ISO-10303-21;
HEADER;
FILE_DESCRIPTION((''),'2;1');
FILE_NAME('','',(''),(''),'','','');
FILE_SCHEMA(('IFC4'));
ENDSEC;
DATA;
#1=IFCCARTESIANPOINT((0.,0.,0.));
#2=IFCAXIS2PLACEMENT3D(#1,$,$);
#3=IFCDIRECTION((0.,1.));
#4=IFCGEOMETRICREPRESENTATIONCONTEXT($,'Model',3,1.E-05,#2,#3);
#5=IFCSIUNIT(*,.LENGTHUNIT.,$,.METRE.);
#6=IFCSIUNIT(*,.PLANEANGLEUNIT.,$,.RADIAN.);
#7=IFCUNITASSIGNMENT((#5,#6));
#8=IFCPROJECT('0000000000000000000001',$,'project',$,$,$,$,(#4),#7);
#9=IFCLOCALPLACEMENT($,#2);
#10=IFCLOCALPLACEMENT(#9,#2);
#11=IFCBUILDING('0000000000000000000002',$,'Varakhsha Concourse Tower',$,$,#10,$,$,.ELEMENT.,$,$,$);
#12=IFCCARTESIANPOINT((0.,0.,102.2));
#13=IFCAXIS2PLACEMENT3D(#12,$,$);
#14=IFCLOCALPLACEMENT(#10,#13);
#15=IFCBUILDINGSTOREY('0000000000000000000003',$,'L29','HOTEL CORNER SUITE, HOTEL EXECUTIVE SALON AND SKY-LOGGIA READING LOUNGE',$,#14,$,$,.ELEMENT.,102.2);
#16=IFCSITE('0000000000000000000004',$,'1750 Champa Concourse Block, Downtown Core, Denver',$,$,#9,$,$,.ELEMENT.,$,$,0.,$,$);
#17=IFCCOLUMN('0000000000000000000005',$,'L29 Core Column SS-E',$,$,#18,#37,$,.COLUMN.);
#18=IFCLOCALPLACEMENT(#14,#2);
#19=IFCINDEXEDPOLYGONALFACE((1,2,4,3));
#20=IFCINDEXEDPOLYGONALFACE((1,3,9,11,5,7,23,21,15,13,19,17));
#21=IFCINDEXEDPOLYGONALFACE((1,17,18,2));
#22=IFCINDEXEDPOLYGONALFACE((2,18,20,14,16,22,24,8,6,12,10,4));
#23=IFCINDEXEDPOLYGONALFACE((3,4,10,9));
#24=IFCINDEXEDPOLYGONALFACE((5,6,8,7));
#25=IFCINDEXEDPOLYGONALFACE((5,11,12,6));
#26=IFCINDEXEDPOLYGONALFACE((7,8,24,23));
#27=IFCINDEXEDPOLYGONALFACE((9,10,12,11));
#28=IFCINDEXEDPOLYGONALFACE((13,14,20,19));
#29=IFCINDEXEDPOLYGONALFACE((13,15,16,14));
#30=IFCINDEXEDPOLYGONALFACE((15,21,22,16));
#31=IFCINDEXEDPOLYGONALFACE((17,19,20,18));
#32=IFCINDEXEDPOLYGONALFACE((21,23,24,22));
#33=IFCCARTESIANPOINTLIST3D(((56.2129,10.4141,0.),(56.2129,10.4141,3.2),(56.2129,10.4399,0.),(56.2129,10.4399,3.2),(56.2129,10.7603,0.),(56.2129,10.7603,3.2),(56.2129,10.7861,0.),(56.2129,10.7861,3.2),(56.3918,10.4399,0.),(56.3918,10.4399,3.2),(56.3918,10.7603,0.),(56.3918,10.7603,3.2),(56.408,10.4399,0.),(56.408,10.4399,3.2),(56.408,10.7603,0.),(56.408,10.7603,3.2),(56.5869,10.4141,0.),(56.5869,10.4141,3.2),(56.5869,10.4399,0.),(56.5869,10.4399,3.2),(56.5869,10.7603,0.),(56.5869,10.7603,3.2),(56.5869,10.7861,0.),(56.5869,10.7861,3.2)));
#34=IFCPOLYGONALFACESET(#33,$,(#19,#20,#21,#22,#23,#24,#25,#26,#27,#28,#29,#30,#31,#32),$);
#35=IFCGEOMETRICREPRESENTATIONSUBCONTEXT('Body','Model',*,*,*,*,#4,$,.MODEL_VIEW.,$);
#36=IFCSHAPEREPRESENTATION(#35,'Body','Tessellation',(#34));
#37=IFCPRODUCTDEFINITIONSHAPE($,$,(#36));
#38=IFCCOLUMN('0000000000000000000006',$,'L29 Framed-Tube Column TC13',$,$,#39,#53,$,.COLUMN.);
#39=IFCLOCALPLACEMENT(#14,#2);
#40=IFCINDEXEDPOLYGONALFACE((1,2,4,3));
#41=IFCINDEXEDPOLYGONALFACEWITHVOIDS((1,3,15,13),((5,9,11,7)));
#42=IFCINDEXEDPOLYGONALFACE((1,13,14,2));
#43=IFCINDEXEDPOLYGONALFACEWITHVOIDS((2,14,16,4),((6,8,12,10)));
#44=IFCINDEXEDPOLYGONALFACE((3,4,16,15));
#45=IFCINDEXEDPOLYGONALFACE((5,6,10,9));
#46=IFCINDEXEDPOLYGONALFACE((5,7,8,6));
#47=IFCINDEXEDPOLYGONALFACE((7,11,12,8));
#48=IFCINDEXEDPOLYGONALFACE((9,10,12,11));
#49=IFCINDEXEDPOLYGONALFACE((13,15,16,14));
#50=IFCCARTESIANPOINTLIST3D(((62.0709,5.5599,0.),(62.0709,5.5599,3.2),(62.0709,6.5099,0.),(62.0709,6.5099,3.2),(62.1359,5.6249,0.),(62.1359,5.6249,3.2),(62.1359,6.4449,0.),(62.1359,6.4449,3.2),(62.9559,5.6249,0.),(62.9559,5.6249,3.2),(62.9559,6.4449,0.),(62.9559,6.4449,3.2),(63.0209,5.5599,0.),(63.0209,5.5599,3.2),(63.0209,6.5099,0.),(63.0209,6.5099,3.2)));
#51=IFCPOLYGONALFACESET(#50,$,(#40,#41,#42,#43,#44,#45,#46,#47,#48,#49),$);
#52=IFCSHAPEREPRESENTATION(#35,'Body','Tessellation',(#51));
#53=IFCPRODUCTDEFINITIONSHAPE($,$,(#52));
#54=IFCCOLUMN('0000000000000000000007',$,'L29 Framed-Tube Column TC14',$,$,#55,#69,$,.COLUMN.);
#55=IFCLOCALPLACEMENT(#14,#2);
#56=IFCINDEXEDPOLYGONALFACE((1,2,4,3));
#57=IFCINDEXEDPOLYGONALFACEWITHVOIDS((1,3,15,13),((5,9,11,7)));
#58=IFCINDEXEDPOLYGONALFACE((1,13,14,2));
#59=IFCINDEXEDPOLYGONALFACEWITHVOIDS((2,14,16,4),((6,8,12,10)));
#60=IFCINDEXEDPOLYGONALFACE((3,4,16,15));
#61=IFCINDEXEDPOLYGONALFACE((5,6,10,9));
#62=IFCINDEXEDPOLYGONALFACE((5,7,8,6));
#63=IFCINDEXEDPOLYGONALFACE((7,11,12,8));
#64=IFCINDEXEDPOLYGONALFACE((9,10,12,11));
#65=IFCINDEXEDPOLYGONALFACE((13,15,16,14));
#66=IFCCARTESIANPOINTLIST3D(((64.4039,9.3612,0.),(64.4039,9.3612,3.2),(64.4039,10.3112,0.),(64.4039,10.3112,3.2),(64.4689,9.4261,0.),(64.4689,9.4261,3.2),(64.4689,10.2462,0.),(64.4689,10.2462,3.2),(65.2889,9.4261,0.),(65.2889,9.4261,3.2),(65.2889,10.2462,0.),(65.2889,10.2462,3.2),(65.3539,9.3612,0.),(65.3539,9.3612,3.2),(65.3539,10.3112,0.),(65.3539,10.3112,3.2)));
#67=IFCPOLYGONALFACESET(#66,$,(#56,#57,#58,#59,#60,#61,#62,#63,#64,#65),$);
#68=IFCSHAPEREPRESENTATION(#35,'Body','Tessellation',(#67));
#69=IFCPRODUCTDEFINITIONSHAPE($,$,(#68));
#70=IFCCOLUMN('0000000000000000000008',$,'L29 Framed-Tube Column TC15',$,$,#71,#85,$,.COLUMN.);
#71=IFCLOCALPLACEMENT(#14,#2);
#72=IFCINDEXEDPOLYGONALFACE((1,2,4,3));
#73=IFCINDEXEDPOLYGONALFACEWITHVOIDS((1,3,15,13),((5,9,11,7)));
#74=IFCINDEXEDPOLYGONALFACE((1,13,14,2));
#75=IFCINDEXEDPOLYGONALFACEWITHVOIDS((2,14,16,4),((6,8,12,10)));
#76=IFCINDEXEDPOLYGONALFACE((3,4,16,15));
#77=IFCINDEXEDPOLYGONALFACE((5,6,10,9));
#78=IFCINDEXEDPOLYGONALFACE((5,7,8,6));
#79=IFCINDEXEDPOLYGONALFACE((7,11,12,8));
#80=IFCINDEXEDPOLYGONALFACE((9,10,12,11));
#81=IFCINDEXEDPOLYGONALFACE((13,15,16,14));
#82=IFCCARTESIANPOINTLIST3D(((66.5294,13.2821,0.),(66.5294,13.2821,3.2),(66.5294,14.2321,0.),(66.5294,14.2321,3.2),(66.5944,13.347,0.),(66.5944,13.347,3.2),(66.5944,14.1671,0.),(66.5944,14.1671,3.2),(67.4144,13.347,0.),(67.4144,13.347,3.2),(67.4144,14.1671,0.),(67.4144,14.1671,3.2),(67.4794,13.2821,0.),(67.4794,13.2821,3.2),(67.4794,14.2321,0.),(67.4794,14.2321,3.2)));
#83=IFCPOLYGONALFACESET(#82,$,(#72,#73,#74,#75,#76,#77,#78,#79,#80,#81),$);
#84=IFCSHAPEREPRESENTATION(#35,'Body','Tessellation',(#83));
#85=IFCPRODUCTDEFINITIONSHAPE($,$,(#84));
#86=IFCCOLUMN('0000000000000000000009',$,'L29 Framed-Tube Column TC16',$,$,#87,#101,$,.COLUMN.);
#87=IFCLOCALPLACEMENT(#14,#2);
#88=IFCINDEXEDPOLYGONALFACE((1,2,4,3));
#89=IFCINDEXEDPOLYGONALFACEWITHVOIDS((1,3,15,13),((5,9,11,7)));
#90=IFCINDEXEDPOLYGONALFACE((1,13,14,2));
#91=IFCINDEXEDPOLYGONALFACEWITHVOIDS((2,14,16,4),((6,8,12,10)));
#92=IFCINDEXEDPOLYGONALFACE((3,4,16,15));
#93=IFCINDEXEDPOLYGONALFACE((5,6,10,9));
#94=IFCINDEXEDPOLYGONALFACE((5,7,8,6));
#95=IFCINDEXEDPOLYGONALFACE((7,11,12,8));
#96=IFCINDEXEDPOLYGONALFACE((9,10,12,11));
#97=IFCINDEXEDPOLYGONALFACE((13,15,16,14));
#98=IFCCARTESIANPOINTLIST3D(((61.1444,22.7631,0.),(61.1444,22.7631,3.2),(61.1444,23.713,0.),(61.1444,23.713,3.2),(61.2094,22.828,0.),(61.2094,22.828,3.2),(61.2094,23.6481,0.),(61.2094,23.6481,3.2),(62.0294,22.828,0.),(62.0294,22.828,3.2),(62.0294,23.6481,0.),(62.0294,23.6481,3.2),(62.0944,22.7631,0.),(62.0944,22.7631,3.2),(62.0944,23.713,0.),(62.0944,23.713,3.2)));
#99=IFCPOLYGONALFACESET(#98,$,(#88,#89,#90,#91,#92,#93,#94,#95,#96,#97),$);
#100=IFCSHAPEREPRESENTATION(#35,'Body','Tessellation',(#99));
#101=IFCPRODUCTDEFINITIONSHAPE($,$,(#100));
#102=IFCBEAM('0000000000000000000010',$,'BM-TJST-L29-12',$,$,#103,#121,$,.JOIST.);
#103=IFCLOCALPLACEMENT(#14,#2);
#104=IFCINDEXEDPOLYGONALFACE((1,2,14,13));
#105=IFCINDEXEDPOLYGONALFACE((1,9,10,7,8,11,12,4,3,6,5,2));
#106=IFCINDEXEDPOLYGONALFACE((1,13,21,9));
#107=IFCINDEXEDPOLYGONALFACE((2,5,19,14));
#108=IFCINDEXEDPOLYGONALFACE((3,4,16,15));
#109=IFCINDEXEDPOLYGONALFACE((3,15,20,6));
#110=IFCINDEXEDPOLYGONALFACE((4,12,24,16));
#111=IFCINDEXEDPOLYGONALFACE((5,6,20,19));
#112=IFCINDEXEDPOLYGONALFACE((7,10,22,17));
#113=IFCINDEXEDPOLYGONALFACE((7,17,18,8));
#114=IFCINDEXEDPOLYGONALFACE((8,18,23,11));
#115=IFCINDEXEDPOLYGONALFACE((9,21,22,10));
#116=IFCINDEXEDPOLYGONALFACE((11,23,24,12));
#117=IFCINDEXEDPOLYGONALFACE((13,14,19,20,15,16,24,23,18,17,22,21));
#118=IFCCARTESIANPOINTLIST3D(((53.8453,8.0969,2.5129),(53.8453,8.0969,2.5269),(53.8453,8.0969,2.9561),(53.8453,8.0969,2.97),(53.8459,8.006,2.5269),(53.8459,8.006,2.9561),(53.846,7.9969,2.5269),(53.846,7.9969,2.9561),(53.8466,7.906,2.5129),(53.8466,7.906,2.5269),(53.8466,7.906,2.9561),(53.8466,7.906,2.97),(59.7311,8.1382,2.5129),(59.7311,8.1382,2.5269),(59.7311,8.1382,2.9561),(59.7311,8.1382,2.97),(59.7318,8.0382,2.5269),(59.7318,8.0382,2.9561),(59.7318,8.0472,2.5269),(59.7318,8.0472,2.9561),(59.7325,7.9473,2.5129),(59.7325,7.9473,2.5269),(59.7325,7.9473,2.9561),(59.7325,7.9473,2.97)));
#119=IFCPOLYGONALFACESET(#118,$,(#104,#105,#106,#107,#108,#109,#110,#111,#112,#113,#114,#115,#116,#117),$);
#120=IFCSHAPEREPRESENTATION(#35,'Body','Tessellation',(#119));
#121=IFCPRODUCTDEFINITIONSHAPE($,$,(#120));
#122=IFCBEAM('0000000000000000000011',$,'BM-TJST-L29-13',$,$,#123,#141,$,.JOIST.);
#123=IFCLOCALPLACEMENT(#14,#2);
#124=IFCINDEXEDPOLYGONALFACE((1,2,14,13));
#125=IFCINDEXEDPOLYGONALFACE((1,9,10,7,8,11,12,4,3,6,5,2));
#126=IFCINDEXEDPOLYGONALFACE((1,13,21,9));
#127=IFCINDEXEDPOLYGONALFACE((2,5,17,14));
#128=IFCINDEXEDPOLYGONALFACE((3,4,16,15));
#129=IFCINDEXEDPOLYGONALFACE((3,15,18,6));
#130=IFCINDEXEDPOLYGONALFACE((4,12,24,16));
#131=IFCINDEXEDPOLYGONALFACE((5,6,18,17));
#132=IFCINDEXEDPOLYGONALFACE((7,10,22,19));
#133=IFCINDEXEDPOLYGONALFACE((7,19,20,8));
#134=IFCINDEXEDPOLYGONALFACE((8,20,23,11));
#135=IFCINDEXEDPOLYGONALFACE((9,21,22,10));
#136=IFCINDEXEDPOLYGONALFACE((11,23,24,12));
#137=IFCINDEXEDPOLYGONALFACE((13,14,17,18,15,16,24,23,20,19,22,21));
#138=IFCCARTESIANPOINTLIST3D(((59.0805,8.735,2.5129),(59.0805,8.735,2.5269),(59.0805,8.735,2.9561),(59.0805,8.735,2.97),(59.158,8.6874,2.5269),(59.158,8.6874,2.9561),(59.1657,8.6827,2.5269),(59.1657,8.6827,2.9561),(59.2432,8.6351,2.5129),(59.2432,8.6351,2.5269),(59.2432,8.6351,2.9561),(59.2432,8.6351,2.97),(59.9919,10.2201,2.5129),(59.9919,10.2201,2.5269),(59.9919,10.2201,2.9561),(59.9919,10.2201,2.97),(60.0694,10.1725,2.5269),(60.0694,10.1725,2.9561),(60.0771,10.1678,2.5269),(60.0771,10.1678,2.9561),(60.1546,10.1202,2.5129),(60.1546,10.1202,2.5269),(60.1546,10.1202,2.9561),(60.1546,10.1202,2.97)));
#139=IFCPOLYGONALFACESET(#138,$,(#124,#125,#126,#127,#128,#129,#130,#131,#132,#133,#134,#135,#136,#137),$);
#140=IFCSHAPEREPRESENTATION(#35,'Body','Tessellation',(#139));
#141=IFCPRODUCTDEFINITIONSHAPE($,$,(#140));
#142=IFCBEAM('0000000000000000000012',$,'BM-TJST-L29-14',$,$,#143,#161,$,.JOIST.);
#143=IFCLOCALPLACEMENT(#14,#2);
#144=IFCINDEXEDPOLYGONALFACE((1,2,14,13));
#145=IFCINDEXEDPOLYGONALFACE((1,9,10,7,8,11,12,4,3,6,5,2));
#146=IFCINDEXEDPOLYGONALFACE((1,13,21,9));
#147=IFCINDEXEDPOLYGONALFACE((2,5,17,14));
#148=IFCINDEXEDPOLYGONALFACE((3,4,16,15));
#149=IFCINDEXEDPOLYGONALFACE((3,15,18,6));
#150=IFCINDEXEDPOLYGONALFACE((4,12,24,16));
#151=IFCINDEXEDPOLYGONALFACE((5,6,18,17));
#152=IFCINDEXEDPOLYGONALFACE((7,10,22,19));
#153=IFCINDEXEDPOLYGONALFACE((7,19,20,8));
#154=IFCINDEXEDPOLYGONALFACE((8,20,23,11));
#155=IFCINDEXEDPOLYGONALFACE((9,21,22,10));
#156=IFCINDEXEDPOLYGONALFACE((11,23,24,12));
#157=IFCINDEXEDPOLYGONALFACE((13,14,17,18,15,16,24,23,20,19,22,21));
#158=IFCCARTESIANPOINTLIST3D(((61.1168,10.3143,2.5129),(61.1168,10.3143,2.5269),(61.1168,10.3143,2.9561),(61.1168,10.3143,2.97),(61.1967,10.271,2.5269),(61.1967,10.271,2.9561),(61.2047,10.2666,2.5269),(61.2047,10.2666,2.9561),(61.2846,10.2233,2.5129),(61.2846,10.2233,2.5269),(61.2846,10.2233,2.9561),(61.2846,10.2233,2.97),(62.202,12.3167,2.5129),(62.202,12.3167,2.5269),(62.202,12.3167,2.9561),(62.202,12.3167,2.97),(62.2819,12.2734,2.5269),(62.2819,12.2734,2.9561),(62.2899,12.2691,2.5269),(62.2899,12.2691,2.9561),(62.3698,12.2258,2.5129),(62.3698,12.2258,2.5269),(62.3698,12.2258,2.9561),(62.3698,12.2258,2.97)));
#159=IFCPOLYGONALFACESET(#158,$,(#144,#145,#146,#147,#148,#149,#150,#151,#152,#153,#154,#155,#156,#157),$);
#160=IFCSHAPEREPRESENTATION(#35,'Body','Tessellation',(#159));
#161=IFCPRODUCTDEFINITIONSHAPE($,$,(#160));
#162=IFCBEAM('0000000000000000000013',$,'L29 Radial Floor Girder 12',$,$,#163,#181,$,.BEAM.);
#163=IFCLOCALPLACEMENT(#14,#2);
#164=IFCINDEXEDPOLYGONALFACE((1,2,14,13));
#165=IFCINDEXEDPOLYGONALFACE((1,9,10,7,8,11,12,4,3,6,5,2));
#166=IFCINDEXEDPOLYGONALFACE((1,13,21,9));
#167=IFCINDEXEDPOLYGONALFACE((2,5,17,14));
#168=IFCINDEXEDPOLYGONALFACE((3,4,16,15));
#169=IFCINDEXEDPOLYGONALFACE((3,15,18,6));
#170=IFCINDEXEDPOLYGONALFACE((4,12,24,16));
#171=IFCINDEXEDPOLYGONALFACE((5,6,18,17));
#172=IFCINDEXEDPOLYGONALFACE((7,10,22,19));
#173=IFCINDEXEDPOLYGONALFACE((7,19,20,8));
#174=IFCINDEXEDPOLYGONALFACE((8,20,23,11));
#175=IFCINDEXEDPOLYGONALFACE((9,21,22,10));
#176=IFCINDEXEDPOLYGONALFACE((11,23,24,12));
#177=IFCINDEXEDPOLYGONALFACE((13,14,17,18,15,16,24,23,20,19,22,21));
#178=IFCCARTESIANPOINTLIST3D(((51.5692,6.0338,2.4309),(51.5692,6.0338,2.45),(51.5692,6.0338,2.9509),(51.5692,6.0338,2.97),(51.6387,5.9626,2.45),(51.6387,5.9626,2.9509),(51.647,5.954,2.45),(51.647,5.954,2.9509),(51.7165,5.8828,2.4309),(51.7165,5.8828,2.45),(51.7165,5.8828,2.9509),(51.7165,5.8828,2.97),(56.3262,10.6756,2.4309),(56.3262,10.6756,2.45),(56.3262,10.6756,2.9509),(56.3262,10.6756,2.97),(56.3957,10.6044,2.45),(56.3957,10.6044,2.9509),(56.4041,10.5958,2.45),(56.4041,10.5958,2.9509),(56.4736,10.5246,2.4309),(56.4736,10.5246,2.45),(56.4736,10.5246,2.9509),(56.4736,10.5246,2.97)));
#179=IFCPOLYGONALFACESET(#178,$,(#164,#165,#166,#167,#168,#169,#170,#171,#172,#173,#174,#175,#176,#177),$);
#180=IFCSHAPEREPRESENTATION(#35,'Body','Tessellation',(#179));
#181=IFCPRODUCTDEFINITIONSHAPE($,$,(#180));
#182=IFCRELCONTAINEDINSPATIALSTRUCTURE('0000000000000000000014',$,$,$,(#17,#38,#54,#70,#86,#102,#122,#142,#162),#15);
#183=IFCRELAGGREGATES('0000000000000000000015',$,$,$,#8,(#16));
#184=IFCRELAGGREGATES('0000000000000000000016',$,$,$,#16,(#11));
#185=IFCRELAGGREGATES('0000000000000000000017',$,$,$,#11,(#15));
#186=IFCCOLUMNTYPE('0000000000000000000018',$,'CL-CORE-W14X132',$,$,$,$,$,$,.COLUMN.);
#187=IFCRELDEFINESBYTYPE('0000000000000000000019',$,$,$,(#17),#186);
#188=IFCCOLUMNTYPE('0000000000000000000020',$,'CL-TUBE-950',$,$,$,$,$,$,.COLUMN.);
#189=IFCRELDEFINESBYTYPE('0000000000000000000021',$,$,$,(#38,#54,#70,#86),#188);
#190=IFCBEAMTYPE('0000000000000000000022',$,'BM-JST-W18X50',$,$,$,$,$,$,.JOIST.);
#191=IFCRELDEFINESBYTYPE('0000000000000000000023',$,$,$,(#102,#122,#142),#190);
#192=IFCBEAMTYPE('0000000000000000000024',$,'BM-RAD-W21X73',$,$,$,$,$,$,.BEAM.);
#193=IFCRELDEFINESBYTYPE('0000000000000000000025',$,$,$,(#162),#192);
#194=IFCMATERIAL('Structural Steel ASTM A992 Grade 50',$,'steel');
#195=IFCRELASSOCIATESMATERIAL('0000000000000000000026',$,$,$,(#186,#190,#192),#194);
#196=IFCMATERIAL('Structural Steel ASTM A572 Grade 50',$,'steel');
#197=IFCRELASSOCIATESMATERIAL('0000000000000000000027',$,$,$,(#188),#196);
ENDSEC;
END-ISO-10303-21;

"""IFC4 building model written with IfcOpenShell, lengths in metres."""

from ifc_helpers import new_model, si_unit, direction, frame, origin, origin_2d, place, context, subcontext, project, spatial, hollow_rectangle, i_section, extrude, material, material_profile, profile_set, type_object, element, save


model = new_model("IFC4")

# Units and contexts
model_context = context("Model", 3, precision=1e-05, world=origin(), true_north=direction((0.0, 1.0)))
body_context = subcontext(model_context, "Body", "Model", "MODEL_VIEW")
ifc_project = project(units=[si_unit("LENGTHUNIT", "METRE"), si_unit("PLANEANGLEUNIT", "RADIAN")], contexts=[model_context])

# Site, building, storey
site_placement = place(None, origin())
site = spatial("IfcSite", under=ifc_project, at=site_placement, Name="1750 Champa Concourse Block, Downtown Core, Denver", CompositionType="ELEMENT", RefElevation=0.0)
building_placement = place(site_placement, origin())
building = spatial("IfcBuilding", under=site, at=building_placement, Name="Varakhsha Concourse Tower", CompositionType="ELEMENT")
storey_placement = place(building_placement, frame((0.0, 0.0, 102.2)))
storey = spatial("IfcBuildingStorey", under=building, at=storey_placement, Name="L29", Description="HOTEL CORNER SUITE, HOTEL EXECUTIVE SALON AND SKY-LOGGIA READING LOUNGE", CompositionType="ELEMENT", Elevation=102.2)

# Columns
ifc_material_1 = material(Name="Structural Steel ASTM A992 Grade 50", Category="steel")
ifc_material_profile_1 = material_profile(ifc_material_1, i_section(OverallWidth=0.374, OverallDepth=0.3721, WebThickness=0.0161, FlangeThickness=0.0259, at=origin_2d()), Name="W14X132")
ifc_profile_set_1 = profile_set([ifc_material_profile_1], Name="Structural Steel ASTM A992 Grade 50")
column_type_1 = type_object("IfcColumnType", Name="CL-CORE-W14X132", PredefinedType="COLUMN", material=ifc_profile_set_1)
column_placement = place(storey_placement, frame((56.3999, 10.6001, 0.0), z_axis=(0.0, 0.0, 1.0), x_axis=(1.0, 0.0, 0.0)))
element("IfcColumn", 1, at=column_placement, inside=storey, type_object=column_type_1, Name="L29 Core Column SS-E", PredefinedType="COLUMN", context=body_context, shape_type="SweptSolid", body=[
    extrude(i_section(OverallWidth=0.374, OverallDepth=0.3721, WebThickness=0.0161, FlangeThickness=0.0259, at=origin_2d()), origin(), (0.0, 0.0, 1.0), 3.2),
])
ifc_material_2 = material(Name="Structural Steel ASTM A572 Grade 50", Category="steel")
ifc_material_profile_2 = material_profile(ifc_material_2, hollow_rectangle(XDim=0.95, YDim=0.95, WallThickness=0.0649, at=origin_2d()), Name="BOX 950x950x65")
ifc_profile_set_2 = profile_set([ifc_material_profile_2], Name="Structural Steel ASTM A572 Grade 50")
column_type_2 = type_object("IfcColumnType", Name="CL-TUBE-950", PredefinedType="COLUMN", material=ifc_profile_set_2)
for number, where, z_axis, x_axis, name in (
    (2, (62.5459, 6.0349, 0.0), (0.0, 0.0, 1.0), (1.0, 0.0, 0.0), "L29 Framed-Tube Column TC13"),
    (3, (64.8789, 9.8362, 0.0), (0.0, 0.0, 1.0), (1.0, 0.0, 0.0), "L29 Framed-Tube Column TC14"),
    (4, (67.0044, 13.7571, 0.0), (0.0, 0.0, 1.0), (1.0, 0.0, 0.0), "L29 Framed-Tube Column TC15"),
    (5, (61.6194, 23.238, 0.0), (0.0, 0.0, 1.0), (1.0, 0.0, 0.0), "L29 Framed-Tube Column TC16"),
):
    element("IfcColumn", number, at=place(storey_placement, frame(where, z_axis=z_axis, x_axis=x_axis)), inside=storey, type_object=column_type_2, Name=name, PredefinedType="COLUMN", context=body_context, shape_type="SweptSolid", body=[
        extrude(hollow_rectangle(XDim=0.95, YDim=0.95, WallThickness=0.0649, at=origin_2d()), origin(), (0.0, 0.0, 1.0), 3.2),
    ])

# Beams
ifc_material_profile_3 = material_profile(ifc_material_1, i_section(OverallWidth=0.1909, OverallDepth=0.457, WebThickness=0.009, FlangeThickness=0.0139, at=origin_2d()), Name="W18X50")
ifc_profile_set_3 = profile_set([ifc_material_profile_3], Name="Structural Steel ASTM A992 Grade 50")
beam_type_1 = type_object("IfcBeamType", Name="BM-JST-W18X50", PredefinedType="JOIST", material=ifc_profile_set_3)
beam_1_placement = place(storey_placement, frame((53.8459, 8.0015, 2.7415), z_axis=(0.999975, 0.00701, 0.0), x_axis=(-0.00701, 0.999975, 0.0)))
element("IfcBeam", 6, at=beam_1_placement, inside=storey, type_object=beam_type_1, Name="BM-TJST-L29-12", PredefinedType="JOIST", context=body_context, shape_type="SweptSolid", body=[
    extrude(i_section(OverallWidth=0.1909, OverallDepth=0.457, WebThickness=0.009, FlangeThickness=0.0139, at=origin_2d()), origin(), (0.0, 0.0, 1.0), 5.886),
])
beam_2_placement = place(storey_placement, frame((59.1619, 8.6851, 2.7415), z_axis=(0.523042, 0.852307, 0.0), x_axis=(-0.852307, 0.523042, 0.0)))
element("IfcBeam", 7, at=beam_2_placement, inside=storey, type_object=beam_type_1, Name="BM-TJST-L29-13", PredefinedType="JOIST", context=body_context, shape_type="SweptSolid", body=[
    extrude(i_section(OverallWidth=0.1909, OverallDepth=0.457, WebThickness=0.009, FlangeThickness=0.0139, at=origin_2d()), origin(), (0.0, 0.0, 1.0), 1.7424),
])
beam_3_placement = place(storey_placement, frame((61.2007, 10.2688, 2.7415), z_axis=(0.47647, 0.879191, 0.0), x_axis=(-0.879191, 0.47647, 0.0)))
element("IfcBeam", 8, at=beam_3_placement, inside=storey, type_object=beam_type_1, Name="BM-TJST-L29-14", PredefinedType="JOIST", context=body_context, shape_type="SweptSolid", body=[
    extrude(i_section(OverallWidth=0.1909, OverallDepth=0.457, WebThickness=0.009, FlangeThickness=0.0139, at=origin_2d()), origin(), (0.0, 0.0, 1.0), 2.2776),
])
ifc_material_profile_4 = material_profile(ifc_material_1, i_section(OverallWidth=0.2109, OverallDepth=0.5391, WebThickness=0.012, FlangeThickness=0.019, at=origin_2d()), Name="W21X73")
ifc_profile_set_4 = profile_set([ifc_material_profile_4], Name="Structural Steel ASTM A992 Grade 50")
beam_type_2 = type_object("IfcBeamType", Name="BM-RAD-W21X73", PredefinedType="BEAM", material=ifc_profile_set_4)
beam_4_placement = place(storey_placement, frame((56.3999, 10.6001, 2.7004), z_axis=(-0.715722, -0.698385, 0.0), x_axis=(0.698385, -0.715722, 0.0)))
element("IfcBeam", 9, at=beam_4_placement, inside=storey, type_object=beam_type_2, Name="L29 Radial Floor Girder 12", PredefinedType="BEAM", context=body_context, shape_type="SweptSolid", body=[
    extrude(i_section(OverallWidth=0.2109, OverallDepth=0.5391, WebThickness=0.012, FlangeThickness=0.019, at=origin_2d()), origin(), (0.0, 0.0, 1.0), 6.6465),
])

save(model, "model.ifc")
